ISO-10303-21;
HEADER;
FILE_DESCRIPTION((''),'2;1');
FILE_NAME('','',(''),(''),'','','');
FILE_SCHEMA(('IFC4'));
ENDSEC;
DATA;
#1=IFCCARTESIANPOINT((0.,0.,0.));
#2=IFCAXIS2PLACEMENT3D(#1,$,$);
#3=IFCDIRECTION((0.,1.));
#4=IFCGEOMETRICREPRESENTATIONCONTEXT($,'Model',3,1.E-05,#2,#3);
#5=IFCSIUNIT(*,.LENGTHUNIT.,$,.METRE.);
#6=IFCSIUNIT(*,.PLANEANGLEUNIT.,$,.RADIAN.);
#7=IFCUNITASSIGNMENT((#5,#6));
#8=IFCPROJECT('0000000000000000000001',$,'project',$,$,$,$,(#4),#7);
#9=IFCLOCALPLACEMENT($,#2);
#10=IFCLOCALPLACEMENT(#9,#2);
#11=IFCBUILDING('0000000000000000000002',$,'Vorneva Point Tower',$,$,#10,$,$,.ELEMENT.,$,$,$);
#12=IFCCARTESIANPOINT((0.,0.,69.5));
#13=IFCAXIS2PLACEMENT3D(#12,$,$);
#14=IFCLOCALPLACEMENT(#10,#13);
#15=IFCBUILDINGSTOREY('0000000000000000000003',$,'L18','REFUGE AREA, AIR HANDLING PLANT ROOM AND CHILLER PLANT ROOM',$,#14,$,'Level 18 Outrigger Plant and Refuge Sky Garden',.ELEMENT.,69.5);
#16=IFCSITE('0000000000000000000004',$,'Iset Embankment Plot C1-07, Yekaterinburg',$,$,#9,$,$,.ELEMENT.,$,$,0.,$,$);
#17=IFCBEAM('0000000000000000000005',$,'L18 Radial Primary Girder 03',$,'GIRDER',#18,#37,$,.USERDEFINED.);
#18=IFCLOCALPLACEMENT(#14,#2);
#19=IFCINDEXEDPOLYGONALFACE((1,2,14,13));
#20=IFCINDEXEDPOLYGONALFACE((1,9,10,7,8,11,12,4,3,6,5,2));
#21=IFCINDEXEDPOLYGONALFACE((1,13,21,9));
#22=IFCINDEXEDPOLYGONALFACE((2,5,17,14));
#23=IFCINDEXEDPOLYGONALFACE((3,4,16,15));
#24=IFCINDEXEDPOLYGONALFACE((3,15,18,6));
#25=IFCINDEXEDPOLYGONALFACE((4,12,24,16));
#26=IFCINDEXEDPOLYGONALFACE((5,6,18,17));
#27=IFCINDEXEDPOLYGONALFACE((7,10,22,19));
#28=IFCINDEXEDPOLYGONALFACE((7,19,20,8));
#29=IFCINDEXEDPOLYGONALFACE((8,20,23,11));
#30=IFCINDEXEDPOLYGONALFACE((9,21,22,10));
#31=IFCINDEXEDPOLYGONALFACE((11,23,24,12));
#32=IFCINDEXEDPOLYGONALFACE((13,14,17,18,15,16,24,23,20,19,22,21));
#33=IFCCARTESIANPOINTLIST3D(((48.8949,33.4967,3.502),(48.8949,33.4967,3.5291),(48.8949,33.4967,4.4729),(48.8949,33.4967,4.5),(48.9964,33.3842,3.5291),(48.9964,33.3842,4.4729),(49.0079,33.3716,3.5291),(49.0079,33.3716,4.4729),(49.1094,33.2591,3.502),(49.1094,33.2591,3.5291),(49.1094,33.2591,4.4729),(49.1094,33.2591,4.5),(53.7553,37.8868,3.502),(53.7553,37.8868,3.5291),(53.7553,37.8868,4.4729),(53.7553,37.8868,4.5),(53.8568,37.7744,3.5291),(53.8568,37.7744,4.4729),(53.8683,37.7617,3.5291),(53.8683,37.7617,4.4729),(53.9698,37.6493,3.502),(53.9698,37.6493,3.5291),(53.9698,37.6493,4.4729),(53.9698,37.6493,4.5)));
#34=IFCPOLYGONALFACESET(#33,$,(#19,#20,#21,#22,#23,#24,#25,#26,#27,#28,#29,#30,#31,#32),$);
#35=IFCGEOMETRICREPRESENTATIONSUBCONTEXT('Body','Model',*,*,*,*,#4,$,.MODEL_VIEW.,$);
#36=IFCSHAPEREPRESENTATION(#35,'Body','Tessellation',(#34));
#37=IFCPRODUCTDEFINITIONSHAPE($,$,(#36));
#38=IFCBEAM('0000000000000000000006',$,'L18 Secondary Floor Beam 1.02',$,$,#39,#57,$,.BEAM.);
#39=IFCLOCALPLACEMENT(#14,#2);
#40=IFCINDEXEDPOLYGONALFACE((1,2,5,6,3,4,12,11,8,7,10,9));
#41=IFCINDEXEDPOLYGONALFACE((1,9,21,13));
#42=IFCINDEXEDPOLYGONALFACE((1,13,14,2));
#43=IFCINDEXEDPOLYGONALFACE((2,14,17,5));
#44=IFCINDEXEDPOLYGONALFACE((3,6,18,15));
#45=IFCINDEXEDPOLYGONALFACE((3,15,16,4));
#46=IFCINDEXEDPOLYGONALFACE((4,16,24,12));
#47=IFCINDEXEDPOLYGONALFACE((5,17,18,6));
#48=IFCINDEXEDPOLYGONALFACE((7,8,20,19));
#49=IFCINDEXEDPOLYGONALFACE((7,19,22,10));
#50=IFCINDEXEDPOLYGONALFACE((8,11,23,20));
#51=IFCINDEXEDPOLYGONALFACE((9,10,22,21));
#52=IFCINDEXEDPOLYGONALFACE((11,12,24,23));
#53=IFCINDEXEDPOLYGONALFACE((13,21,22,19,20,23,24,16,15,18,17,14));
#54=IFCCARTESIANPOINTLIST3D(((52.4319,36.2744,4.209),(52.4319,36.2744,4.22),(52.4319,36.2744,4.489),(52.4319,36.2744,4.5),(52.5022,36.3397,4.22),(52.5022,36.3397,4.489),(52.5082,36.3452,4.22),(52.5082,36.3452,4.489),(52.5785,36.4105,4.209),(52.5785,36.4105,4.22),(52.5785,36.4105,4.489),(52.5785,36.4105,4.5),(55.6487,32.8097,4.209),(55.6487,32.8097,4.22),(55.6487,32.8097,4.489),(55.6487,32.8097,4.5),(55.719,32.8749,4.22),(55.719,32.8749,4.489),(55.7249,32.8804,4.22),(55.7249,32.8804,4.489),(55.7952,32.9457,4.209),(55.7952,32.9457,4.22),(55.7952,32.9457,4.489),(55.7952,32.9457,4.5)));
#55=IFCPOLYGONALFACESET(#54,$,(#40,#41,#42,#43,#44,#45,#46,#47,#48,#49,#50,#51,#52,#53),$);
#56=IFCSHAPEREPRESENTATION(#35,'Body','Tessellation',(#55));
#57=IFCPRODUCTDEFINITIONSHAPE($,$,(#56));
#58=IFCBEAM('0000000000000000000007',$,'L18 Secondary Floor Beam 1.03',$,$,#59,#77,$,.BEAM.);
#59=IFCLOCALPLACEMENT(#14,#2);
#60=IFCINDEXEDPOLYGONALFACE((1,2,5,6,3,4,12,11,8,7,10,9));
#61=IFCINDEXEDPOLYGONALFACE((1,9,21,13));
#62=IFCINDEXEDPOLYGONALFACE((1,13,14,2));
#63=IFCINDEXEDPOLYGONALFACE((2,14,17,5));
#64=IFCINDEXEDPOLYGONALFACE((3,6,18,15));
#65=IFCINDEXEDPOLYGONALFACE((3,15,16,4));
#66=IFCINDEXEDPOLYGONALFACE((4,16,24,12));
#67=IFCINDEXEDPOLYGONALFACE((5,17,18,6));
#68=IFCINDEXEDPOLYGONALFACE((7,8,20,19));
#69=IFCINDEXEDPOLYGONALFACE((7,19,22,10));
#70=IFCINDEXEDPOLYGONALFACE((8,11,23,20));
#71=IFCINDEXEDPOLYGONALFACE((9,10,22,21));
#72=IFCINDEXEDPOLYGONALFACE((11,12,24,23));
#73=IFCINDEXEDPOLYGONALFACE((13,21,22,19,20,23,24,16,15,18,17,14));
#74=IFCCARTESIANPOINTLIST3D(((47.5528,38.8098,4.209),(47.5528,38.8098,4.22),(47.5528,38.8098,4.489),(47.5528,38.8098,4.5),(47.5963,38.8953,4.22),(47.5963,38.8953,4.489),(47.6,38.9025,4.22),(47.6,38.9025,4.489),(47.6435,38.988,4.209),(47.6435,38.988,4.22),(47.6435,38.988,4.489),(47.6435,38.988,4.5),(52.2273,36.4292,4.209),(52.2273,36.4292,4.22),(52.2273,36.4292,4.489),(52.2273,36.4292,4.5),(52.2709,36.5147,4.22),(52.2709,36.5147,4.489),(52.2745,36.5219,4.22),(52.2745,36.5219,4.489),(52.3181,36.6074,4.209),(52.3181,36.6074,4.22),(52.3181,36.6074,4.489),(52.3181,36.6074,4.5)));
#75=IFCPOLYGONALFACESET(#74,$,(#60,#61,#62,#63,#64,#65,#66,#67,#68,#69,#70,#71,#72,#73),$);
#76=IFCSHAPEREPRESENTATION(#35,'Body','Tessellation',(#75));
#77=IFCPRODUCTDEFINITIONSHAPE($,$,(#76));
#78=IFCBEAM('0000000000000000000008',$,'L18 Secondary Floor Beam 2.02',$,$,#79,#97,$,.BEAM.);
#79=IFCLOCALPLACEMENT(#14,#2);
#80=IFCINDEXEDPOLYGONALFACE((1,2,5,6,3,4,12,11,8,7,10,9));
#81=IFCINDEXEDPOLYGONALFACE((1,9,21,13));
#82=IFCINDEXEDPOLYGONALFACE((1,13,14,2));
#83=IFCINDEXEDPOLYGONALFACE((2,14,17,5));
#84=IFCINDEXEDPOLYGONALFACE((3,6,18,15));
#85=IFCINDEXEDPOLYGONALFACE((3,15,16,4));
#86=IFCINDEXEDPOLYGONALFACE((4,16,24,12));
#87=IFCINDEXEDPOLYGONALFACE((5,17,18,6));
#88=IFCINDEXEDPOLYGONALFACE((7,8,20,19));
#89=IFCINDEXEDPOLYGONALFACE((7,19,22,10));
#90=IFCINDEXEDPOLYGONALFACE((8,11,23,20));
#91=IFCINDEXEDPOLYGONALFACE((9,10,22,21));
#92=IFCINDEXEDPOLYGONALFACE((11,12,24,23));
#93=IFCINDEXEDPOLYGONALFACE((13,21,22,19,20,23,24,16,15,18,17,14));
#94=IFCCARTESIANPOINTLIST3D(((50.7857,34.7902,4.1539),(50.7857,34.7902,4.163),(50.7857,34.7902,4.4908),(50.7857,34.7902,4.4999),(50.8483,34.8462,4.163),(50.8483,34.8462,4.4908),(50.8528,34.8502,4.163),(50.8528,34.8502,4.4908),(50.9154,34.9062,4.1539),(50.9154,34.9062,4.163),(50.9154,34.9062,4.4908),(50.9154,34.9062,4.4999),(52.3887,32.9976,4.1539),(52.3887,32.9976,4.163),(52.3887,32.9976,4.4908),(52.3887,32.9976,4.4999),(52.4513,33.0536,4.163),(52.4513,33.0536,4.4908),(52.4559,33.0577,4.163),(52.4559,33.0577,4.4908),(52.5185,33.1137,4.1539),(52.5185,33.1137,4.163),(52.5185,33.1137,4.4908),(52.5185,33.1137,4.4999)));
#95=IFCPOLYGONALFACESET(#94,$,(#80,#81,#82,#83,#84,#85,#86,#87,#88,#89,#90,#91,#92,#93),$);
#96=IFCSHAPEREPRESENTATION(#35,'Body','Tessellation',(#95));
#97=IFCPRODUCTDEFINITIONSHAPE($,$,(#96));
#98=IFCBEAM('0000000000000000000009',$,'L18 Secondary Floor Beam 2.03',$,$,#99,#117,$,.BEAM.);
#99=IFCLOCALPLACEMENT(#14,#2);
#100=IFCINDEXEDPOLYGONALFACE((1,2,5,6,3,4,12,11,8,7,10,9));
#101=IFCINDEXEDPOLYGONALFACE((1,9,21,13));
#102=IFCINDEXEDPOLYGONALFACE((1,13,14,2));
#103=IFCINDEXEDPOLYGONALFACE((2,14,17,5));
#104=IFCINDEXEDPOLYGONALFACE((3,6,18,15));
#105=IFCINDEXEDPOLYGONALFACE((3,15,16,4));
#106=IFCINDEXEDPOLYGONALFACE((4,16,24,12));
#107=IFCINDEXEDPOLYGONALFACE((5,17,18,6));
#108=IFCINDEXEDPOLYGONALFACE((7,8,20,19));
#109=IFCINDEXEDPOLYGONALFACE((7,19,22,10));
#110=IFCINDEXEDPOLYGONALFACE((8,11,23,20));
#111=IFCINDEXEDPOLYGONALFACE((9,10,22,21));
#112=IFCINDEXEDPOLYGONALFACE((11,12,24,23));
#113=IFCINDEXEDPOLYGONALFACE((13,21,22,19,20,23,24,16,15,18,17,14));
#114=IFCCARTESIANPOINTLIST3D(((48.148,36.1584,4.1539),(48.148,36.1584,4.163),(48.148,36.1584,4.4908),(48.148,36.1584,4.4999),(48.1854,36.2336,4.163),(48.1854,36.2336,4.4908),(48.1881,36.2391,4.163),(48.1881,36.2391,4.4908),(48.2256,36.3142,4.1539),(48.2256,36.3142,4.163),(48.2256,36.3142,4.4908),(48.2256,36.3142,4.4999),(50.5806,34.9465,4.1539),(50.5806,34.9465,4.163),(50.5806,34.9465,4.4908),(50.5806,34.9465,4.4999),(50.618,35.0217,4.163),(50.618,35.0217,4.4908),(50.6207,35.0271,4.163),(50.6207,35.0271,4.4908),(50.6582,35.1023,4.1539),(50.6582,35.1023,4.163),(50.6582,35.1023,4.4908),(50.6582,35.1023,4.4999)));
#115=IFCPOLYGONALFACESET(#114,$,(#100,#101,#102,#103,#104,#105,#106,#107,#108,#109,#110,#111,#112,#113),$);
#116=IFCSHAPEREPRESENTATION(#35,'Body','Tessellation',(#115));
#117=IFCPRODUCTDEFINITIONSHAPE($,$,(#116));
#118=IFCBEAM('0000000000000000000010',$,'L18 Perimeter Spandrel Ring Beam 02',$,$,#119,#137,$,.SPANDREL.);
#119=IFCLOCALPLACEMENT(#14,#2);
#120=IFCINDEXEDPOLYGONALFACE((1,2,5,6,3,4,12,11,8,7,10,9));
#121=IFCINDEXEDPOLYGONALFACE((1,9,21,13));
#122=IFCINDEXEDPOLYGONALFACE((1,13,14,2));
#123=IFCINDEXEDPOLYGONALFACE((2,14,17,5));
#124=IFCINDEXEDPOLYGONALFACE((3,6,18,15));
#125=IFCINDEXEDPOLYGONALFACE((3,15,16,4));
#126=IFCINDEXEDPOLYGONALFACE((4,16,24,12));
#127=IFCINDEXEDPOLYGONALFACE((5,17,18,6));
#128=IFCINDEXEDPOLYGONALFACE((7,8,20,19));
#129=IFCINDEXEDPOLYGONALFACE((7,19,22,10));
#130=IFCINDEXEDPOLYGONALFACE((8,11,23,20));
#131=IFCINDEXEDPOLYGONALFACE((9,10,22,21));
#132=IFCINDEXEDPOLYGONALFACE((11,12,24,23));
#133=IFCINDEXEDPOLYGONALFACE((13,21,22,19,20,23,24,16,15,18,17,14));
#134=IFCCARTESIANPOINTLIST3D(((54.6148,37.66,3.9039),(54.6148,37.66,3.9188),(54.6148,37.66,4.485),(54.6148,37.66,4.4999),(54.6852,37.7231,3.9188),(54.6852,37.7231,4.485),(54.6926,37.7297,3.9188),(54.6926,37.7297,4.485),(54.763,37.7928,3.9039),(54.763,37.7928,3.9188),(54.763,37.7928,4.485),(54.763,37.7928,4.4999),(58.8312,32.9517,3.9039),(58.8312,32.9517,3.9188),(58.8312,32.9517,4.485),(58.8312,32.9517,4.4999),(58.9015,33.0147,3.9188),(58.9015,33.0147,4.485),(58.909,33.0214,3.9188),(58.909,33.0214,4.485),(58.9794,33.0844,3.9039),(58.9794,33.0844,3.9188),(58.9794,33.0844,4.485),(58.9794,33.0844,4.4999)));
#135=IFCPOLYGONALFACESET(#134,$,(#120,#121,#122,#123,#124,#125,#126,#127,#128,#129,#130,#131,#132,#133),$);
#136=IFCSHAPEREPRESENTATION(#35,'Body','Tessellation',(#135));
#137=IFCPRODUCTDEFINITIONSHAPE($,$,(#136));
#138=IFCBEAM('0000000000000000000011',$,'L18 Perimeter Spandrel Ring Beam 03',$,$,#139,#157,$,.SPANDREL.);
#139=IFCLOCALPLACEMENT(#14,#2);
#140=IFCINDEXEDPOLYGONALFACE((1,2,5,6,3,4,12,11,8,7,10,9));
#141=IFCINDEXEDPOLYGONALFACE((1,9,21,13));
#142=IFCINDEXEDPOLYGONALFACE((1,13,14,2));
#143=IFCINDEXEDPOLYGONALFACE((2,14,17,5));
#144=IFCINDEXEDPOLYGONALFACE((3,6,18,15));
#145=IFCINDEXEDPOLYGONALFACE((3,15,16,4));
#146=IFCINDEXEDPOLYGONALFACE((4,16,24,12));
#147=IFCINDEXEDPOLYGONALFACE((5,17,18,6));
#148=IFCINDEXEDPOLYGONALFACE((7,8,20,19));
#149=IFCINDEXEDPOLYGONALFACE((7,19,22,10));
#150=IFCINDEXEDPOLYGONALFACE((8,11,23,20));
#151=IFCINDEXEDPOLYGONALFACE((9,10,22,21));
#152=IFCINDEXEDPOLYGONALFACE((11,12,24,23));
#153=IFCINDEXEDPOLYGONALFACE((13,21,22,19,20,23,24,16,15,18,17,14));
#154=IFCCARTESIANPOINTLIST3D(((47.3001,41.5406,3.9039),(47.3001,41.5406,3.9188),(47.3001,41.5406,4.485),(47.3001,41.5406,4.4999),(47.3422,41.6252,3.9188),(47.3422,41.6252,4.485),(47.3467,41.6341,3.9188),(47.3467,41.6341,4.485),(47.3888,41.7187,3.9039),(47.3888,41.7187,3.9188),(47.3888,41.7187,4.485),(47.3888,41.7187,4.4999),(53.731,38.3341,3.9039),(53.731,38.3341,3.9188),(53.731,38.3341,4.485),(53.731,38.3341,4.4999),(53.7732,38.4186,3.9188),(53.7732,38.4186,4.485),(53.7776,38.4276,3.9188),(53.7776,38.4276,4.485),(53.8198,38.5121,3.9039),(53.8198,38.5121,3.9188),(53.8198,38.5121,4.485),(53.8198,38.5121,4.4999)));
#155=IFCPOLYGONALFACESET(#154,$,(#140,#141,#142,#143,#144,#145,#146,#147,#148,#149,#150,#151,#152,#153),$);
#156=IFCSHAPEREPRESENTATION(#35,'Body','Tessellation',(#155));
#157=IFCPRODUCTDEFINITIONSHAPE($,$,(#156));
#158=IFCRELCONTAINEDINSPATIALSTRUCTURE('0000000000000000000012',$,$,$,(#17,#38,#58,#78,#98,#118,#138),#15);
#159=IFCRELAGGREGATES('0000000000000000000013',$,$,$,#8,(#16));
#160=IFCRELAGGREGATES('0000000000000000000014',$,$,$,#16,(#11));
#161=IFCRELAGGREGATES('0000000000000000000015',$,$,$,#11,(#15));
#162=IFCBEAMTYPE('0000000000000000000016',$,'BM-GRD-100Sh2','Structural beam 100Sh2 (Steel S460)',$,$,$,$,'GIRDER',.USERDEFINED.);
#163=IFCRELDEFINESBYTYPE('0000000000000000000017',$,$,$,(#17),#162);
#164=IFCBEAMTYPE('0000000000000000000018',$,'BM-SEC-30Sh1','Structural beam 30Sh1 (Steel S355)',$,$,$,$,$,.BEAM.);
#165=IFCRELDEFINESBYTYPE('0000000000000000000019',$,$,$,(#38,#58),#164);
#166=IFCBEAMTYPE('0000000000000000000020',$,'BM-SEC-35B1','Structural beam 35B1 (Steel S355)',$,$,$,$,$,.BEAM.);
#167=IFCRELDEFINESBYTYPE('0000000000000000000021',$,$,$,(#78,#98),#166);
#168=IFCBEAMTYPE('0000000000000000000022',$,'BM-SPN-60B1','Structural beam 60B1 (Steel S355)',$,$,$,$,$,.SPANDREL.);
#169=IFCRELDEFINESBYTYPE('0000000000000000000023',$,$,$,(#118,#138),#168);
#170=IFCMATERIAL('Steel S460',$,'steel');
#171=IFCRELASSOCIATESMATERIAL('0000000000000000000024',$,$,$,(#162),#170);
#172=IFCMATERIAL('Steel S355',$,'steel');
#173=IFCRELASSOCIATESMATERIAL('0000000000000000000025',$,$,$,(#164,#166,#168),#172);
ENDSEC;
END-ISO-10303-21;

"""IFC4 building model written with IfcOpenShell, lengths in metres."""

from ifc_helpers import new_model, si_unit, direction, frame, origin, origin_2d, place, context, subcontext, project, spatial, i_section, extrude, material, material_profile, profile_set, type_object, element, save


model = new_model("IFC4")

# Units and contexts
model_context = context("Model", 3, precision=1e-05, world=origin(), true_north=direction((0.0, 1.0)))
body_context = subcontext(model_context, "Body", "Model", "MODEL_VIEW")
ifc_project = project(units=[si_unit("LENGTHUNIT", "METRE"), si_unit("PLANEANGLEUNIT", "RADIAN")], contexts=[model_context])

# Site, building, storey
site_placement = place(None, origin())
site = spatial("IfcSite", under=ifc_project, at=site_placement, Name="Iset Embankment Plot C1-07, Yekaterinburg", CompositionType="ELEMENT", RefElevation=0.0)
building_placement = place(site_placement, origin())
building = spatial("IfcBuilding", under=site, at=building_placement, Name="Vorneva Point Tower", CompositionType="ELEMENT")
storey_placement = place(building_placement, frame((0.0, 0.0, 69.5)))
storey = spatial("IfcBuildingStorey", under=building, at=storey_placement, Name="L18", Description="REFUGE AREA, AIR HANDLING PLANT ROOM AND CHILLER PLANT ROOM", LongName="Level 18 Outrigger Plant and Refuge Sky Garden", CompositionType="ELEMENT", Elevation=69.5)

# Beams
ifc_material_1 = material(Name="Steel S460", Category="steel")
ifc_material_profile_1 = material_profile(ifc_material_1, i_section(OverallWidth=0.3201, OverallDepth=0.998, WebThickness=0.0171, FlangeThickness=0.0271, at=origin_2d()), Name="100Sh2")
ifc_profile_set_1 = profile_set([ifc_material_profile_1], Name="Steel S460")
beam_type_1 = type_object("IfcBeamType", Name="BM-GRD-100Sh2", Description="Structural beam 100Sh2 (Steel S460)", ElementType="GIRDER", PredefinedType="USERDEFINED", material=ifc_profile_set_1)
beam_1_placement = place(storey_placement, frame((53.8625, 37.7681, 4.001), z_axis=(-0.742092, -0.670298, 0.0), x_axis=(0.670298, -0.742092, 0.0)))
element("IfcBeam", 1, at=beam_1_placement, inside=storey, type_object=beam_type_1, Name="L18 Radial Primary Girder 03", ObjectType="GIRDER", PredefinedType="USERDEFINED", context=body_context, shape_type="SweptSolid", body=[
    extrude(i_section(OverallWidth=0.3201, OverallDepth=0.998, WebThickness=0.0171, FlangeThickness=0.0271, at=origin_2d()), origin(), (0.0, 0.0, 1.0), 6.5496),
])
ifc_material_2 = material(Name="Steel S355", Category="steel")
ifc_material_profile_2 = material_profile(ifc_material_2, i_section(OverallWidth=0.2, OverallDepth=0.291, WebThickness=0.0081, FlangeThickness=0.011, at=origin_2d()), Name="30Sh1")
ifc_profile_set_2 = profile_set([ifc_material_profile_2], Name="Steel S355")
beam_type_2 = type_object("IfcBeamType", Name="BM-SEC-30Sh1", Description="Structural beam 30Sh1 (Steel S355)", PredefinedType="BEAM", material=ifc_profile_set_2)
beam_2_placement = place(storey_placement, frame((55.7219, 32.8777, 4.3545), z_axis=(-0.680388, 0.732852, 0.0), x_axis=(-0.732852, -0.680388, 0.0)))
element("IfcBeam", 2, at=beam_2_placement, inside=storey, type_object=beam_type_2, Name="L18 Secondary Floor Beam 1.02", PredefinedType="BEAM", context=body_context, shape_type="SweptSolid", body=[
    extrude(i_section(OverallWidth=0.2, OverallDepth=0.291, WebThickness=0.0081, FlangeThickness=0.011, at=origin_2d()), origin(), (0.0, 0.0, 1.0), 4.7278),
])
beam_3_placement = place(storey_placement, frame((52.2727, 36.5183, 4.3545), z_axis=(-0.891098, 0.45381, 0.0), x_axis=(-0.45381, -0.891098, 0.0)))
element("IfcBeam", 3, at=beam_3_placement, inside=storey, type_object=beam_type_2, Name="L18 Secondary Floor Beam 1.03", PredefinedType="BEAM", context=body_context, shape_type="SweptSolid", body=[
    extrude(i_section(OverallWidth=0.2, OverallDepth=0.291, WebThickness=0.0081, FlangeThickness=0.011, at=origin_2d()), origin(), (0.0, 0.0, 1.0), 5.2458),
])
ifc_material_profile_3 = material_profile(ifc_material_2, i_section(OverallWidth=0.1741, OverallDepth=0.3459, WebThickness=0.0061, FlangeThickness=0.009, at=origin_2d()), Name="35B1")
ifc_profile_set_3 = profile_set([ifc_material_profile_3], Name="Steel S355")
beam_type_3 = type_object("IfcBeamType", Name="BM-SEC-35B1", Description="Structural beam 35B1 (Steel S355)", PredefinedType="BEAM", material=ifc_profile_set_3)
beam_4_placement = place(storey_placement, frame((52.4536, 33.0557, 4.3269), z_axis=(-0.666617, 0.745401, 0.0), x_axis=(-0.745401, -0.666617, 0.0)))
element("IfcBeam", 4, at=beam_4_placement, inside=storey, type_object=beam_type_3, Name="L18 Secondary Floor Beam 2.02", PredefinedType="BEAM", context=body_context, shape_type="SweptSolid", body=[
    extrude(i_section(OverallWidth=0.1741, OverallDepth=0.3459, WebThickness=0.0061, FlangeThickness=0.009, at=origin_2d()), origin(), (0.0, 0.0, 1.0), 2.4048),
])
beam_5_placement = place(storey_placement, frame((50.6194, 35.0244, 4.3269), z_axis=(-0.895073, 0.44592, 0.0), x_axis=(-0.44592, -0.895073, 0.0)))
element("IfcBeam", 5, at=beam_5_placement, inside=storey, type_object=beam_type_3, Name="L18 Secondary Floor Beam 2.03", PredefinedType="BEAM", context=body_context, shape_type="SweptSolid", body=[
    extrude(i_section(OverallWidth=0.1741, OverallDepth=0.3459, WebThickness=0.0061, FlangeThickness=0.009, at=origin_2d()), origin(), (0.0, 0.0, 1.0), 2.7178),
])
ifc_material_profile_4 = material_profile(ifc_material_2, i_section(OverallWidth=0.199, OverallDepth=0.5959, WebThickness=0.01, FlangeThickness=0.0149, at=origin_2d()), Name="60B1")
ifc_profile_set_4 = profile_set([ifc_material_profile_4], Name="Steel S355")
beam_type_4 = type_object("IfcBeamType", Name="BM-SPN-60B1", Description="Structural beam 60B1 (Steel S355)", PredefinedType="SPANDREL", material=ifc_profile_set_4)
beam_6_placement = place(storey_placement, frame((58.9053, 33.0181, 4.2019), z_axis=(-0.667117, 0.744953, 0.0), x_axis=(-0.744953, -0.667117, 0.0)))
element("IfcBeam", 6, at=beam_6_placement, inside=storey, type_object=beam_type_4, Name="L18 Perimeter Spandrel Ring Beam 02", PredefinedType="SPANDREL", context=body_context, shape_type="SweptSolid", body=[
    extrude(i_section(OverallWidth=0.199, OverallDepth=0.5959, WebThickness=0.01, FlangeThickness=0.0149, at=origin_2d()), origin(), (0.0, 0.0, 1.0), 6.3203),
])
beam_7_placement = place(storey_placement, frame((53.7754, 38.4231, 4.2019), z_axis=(-0.894923, 0.446221, 0.0), x_axis=(-0.446221, -0.894923, 0.0)))
element("IfcBeam", 7, at=beam_7_placement, inside=storey, type_object=beam_type_4, Name="L18 Perimeter Spandrel Ring Beam 03", PredefinedType="SPANDREL", context=body_context, shape_type="SweptSolid", body=[
    extrude(i_section(OverallWidth=0.199, OverallDepth=0.5959, WebThickness=0.01, FlangeThickness=0.0149, at=origin_2d()), origin(), (0.0, 0.0, 1.0), 7.186),
])

save(model, "model.ifc")
